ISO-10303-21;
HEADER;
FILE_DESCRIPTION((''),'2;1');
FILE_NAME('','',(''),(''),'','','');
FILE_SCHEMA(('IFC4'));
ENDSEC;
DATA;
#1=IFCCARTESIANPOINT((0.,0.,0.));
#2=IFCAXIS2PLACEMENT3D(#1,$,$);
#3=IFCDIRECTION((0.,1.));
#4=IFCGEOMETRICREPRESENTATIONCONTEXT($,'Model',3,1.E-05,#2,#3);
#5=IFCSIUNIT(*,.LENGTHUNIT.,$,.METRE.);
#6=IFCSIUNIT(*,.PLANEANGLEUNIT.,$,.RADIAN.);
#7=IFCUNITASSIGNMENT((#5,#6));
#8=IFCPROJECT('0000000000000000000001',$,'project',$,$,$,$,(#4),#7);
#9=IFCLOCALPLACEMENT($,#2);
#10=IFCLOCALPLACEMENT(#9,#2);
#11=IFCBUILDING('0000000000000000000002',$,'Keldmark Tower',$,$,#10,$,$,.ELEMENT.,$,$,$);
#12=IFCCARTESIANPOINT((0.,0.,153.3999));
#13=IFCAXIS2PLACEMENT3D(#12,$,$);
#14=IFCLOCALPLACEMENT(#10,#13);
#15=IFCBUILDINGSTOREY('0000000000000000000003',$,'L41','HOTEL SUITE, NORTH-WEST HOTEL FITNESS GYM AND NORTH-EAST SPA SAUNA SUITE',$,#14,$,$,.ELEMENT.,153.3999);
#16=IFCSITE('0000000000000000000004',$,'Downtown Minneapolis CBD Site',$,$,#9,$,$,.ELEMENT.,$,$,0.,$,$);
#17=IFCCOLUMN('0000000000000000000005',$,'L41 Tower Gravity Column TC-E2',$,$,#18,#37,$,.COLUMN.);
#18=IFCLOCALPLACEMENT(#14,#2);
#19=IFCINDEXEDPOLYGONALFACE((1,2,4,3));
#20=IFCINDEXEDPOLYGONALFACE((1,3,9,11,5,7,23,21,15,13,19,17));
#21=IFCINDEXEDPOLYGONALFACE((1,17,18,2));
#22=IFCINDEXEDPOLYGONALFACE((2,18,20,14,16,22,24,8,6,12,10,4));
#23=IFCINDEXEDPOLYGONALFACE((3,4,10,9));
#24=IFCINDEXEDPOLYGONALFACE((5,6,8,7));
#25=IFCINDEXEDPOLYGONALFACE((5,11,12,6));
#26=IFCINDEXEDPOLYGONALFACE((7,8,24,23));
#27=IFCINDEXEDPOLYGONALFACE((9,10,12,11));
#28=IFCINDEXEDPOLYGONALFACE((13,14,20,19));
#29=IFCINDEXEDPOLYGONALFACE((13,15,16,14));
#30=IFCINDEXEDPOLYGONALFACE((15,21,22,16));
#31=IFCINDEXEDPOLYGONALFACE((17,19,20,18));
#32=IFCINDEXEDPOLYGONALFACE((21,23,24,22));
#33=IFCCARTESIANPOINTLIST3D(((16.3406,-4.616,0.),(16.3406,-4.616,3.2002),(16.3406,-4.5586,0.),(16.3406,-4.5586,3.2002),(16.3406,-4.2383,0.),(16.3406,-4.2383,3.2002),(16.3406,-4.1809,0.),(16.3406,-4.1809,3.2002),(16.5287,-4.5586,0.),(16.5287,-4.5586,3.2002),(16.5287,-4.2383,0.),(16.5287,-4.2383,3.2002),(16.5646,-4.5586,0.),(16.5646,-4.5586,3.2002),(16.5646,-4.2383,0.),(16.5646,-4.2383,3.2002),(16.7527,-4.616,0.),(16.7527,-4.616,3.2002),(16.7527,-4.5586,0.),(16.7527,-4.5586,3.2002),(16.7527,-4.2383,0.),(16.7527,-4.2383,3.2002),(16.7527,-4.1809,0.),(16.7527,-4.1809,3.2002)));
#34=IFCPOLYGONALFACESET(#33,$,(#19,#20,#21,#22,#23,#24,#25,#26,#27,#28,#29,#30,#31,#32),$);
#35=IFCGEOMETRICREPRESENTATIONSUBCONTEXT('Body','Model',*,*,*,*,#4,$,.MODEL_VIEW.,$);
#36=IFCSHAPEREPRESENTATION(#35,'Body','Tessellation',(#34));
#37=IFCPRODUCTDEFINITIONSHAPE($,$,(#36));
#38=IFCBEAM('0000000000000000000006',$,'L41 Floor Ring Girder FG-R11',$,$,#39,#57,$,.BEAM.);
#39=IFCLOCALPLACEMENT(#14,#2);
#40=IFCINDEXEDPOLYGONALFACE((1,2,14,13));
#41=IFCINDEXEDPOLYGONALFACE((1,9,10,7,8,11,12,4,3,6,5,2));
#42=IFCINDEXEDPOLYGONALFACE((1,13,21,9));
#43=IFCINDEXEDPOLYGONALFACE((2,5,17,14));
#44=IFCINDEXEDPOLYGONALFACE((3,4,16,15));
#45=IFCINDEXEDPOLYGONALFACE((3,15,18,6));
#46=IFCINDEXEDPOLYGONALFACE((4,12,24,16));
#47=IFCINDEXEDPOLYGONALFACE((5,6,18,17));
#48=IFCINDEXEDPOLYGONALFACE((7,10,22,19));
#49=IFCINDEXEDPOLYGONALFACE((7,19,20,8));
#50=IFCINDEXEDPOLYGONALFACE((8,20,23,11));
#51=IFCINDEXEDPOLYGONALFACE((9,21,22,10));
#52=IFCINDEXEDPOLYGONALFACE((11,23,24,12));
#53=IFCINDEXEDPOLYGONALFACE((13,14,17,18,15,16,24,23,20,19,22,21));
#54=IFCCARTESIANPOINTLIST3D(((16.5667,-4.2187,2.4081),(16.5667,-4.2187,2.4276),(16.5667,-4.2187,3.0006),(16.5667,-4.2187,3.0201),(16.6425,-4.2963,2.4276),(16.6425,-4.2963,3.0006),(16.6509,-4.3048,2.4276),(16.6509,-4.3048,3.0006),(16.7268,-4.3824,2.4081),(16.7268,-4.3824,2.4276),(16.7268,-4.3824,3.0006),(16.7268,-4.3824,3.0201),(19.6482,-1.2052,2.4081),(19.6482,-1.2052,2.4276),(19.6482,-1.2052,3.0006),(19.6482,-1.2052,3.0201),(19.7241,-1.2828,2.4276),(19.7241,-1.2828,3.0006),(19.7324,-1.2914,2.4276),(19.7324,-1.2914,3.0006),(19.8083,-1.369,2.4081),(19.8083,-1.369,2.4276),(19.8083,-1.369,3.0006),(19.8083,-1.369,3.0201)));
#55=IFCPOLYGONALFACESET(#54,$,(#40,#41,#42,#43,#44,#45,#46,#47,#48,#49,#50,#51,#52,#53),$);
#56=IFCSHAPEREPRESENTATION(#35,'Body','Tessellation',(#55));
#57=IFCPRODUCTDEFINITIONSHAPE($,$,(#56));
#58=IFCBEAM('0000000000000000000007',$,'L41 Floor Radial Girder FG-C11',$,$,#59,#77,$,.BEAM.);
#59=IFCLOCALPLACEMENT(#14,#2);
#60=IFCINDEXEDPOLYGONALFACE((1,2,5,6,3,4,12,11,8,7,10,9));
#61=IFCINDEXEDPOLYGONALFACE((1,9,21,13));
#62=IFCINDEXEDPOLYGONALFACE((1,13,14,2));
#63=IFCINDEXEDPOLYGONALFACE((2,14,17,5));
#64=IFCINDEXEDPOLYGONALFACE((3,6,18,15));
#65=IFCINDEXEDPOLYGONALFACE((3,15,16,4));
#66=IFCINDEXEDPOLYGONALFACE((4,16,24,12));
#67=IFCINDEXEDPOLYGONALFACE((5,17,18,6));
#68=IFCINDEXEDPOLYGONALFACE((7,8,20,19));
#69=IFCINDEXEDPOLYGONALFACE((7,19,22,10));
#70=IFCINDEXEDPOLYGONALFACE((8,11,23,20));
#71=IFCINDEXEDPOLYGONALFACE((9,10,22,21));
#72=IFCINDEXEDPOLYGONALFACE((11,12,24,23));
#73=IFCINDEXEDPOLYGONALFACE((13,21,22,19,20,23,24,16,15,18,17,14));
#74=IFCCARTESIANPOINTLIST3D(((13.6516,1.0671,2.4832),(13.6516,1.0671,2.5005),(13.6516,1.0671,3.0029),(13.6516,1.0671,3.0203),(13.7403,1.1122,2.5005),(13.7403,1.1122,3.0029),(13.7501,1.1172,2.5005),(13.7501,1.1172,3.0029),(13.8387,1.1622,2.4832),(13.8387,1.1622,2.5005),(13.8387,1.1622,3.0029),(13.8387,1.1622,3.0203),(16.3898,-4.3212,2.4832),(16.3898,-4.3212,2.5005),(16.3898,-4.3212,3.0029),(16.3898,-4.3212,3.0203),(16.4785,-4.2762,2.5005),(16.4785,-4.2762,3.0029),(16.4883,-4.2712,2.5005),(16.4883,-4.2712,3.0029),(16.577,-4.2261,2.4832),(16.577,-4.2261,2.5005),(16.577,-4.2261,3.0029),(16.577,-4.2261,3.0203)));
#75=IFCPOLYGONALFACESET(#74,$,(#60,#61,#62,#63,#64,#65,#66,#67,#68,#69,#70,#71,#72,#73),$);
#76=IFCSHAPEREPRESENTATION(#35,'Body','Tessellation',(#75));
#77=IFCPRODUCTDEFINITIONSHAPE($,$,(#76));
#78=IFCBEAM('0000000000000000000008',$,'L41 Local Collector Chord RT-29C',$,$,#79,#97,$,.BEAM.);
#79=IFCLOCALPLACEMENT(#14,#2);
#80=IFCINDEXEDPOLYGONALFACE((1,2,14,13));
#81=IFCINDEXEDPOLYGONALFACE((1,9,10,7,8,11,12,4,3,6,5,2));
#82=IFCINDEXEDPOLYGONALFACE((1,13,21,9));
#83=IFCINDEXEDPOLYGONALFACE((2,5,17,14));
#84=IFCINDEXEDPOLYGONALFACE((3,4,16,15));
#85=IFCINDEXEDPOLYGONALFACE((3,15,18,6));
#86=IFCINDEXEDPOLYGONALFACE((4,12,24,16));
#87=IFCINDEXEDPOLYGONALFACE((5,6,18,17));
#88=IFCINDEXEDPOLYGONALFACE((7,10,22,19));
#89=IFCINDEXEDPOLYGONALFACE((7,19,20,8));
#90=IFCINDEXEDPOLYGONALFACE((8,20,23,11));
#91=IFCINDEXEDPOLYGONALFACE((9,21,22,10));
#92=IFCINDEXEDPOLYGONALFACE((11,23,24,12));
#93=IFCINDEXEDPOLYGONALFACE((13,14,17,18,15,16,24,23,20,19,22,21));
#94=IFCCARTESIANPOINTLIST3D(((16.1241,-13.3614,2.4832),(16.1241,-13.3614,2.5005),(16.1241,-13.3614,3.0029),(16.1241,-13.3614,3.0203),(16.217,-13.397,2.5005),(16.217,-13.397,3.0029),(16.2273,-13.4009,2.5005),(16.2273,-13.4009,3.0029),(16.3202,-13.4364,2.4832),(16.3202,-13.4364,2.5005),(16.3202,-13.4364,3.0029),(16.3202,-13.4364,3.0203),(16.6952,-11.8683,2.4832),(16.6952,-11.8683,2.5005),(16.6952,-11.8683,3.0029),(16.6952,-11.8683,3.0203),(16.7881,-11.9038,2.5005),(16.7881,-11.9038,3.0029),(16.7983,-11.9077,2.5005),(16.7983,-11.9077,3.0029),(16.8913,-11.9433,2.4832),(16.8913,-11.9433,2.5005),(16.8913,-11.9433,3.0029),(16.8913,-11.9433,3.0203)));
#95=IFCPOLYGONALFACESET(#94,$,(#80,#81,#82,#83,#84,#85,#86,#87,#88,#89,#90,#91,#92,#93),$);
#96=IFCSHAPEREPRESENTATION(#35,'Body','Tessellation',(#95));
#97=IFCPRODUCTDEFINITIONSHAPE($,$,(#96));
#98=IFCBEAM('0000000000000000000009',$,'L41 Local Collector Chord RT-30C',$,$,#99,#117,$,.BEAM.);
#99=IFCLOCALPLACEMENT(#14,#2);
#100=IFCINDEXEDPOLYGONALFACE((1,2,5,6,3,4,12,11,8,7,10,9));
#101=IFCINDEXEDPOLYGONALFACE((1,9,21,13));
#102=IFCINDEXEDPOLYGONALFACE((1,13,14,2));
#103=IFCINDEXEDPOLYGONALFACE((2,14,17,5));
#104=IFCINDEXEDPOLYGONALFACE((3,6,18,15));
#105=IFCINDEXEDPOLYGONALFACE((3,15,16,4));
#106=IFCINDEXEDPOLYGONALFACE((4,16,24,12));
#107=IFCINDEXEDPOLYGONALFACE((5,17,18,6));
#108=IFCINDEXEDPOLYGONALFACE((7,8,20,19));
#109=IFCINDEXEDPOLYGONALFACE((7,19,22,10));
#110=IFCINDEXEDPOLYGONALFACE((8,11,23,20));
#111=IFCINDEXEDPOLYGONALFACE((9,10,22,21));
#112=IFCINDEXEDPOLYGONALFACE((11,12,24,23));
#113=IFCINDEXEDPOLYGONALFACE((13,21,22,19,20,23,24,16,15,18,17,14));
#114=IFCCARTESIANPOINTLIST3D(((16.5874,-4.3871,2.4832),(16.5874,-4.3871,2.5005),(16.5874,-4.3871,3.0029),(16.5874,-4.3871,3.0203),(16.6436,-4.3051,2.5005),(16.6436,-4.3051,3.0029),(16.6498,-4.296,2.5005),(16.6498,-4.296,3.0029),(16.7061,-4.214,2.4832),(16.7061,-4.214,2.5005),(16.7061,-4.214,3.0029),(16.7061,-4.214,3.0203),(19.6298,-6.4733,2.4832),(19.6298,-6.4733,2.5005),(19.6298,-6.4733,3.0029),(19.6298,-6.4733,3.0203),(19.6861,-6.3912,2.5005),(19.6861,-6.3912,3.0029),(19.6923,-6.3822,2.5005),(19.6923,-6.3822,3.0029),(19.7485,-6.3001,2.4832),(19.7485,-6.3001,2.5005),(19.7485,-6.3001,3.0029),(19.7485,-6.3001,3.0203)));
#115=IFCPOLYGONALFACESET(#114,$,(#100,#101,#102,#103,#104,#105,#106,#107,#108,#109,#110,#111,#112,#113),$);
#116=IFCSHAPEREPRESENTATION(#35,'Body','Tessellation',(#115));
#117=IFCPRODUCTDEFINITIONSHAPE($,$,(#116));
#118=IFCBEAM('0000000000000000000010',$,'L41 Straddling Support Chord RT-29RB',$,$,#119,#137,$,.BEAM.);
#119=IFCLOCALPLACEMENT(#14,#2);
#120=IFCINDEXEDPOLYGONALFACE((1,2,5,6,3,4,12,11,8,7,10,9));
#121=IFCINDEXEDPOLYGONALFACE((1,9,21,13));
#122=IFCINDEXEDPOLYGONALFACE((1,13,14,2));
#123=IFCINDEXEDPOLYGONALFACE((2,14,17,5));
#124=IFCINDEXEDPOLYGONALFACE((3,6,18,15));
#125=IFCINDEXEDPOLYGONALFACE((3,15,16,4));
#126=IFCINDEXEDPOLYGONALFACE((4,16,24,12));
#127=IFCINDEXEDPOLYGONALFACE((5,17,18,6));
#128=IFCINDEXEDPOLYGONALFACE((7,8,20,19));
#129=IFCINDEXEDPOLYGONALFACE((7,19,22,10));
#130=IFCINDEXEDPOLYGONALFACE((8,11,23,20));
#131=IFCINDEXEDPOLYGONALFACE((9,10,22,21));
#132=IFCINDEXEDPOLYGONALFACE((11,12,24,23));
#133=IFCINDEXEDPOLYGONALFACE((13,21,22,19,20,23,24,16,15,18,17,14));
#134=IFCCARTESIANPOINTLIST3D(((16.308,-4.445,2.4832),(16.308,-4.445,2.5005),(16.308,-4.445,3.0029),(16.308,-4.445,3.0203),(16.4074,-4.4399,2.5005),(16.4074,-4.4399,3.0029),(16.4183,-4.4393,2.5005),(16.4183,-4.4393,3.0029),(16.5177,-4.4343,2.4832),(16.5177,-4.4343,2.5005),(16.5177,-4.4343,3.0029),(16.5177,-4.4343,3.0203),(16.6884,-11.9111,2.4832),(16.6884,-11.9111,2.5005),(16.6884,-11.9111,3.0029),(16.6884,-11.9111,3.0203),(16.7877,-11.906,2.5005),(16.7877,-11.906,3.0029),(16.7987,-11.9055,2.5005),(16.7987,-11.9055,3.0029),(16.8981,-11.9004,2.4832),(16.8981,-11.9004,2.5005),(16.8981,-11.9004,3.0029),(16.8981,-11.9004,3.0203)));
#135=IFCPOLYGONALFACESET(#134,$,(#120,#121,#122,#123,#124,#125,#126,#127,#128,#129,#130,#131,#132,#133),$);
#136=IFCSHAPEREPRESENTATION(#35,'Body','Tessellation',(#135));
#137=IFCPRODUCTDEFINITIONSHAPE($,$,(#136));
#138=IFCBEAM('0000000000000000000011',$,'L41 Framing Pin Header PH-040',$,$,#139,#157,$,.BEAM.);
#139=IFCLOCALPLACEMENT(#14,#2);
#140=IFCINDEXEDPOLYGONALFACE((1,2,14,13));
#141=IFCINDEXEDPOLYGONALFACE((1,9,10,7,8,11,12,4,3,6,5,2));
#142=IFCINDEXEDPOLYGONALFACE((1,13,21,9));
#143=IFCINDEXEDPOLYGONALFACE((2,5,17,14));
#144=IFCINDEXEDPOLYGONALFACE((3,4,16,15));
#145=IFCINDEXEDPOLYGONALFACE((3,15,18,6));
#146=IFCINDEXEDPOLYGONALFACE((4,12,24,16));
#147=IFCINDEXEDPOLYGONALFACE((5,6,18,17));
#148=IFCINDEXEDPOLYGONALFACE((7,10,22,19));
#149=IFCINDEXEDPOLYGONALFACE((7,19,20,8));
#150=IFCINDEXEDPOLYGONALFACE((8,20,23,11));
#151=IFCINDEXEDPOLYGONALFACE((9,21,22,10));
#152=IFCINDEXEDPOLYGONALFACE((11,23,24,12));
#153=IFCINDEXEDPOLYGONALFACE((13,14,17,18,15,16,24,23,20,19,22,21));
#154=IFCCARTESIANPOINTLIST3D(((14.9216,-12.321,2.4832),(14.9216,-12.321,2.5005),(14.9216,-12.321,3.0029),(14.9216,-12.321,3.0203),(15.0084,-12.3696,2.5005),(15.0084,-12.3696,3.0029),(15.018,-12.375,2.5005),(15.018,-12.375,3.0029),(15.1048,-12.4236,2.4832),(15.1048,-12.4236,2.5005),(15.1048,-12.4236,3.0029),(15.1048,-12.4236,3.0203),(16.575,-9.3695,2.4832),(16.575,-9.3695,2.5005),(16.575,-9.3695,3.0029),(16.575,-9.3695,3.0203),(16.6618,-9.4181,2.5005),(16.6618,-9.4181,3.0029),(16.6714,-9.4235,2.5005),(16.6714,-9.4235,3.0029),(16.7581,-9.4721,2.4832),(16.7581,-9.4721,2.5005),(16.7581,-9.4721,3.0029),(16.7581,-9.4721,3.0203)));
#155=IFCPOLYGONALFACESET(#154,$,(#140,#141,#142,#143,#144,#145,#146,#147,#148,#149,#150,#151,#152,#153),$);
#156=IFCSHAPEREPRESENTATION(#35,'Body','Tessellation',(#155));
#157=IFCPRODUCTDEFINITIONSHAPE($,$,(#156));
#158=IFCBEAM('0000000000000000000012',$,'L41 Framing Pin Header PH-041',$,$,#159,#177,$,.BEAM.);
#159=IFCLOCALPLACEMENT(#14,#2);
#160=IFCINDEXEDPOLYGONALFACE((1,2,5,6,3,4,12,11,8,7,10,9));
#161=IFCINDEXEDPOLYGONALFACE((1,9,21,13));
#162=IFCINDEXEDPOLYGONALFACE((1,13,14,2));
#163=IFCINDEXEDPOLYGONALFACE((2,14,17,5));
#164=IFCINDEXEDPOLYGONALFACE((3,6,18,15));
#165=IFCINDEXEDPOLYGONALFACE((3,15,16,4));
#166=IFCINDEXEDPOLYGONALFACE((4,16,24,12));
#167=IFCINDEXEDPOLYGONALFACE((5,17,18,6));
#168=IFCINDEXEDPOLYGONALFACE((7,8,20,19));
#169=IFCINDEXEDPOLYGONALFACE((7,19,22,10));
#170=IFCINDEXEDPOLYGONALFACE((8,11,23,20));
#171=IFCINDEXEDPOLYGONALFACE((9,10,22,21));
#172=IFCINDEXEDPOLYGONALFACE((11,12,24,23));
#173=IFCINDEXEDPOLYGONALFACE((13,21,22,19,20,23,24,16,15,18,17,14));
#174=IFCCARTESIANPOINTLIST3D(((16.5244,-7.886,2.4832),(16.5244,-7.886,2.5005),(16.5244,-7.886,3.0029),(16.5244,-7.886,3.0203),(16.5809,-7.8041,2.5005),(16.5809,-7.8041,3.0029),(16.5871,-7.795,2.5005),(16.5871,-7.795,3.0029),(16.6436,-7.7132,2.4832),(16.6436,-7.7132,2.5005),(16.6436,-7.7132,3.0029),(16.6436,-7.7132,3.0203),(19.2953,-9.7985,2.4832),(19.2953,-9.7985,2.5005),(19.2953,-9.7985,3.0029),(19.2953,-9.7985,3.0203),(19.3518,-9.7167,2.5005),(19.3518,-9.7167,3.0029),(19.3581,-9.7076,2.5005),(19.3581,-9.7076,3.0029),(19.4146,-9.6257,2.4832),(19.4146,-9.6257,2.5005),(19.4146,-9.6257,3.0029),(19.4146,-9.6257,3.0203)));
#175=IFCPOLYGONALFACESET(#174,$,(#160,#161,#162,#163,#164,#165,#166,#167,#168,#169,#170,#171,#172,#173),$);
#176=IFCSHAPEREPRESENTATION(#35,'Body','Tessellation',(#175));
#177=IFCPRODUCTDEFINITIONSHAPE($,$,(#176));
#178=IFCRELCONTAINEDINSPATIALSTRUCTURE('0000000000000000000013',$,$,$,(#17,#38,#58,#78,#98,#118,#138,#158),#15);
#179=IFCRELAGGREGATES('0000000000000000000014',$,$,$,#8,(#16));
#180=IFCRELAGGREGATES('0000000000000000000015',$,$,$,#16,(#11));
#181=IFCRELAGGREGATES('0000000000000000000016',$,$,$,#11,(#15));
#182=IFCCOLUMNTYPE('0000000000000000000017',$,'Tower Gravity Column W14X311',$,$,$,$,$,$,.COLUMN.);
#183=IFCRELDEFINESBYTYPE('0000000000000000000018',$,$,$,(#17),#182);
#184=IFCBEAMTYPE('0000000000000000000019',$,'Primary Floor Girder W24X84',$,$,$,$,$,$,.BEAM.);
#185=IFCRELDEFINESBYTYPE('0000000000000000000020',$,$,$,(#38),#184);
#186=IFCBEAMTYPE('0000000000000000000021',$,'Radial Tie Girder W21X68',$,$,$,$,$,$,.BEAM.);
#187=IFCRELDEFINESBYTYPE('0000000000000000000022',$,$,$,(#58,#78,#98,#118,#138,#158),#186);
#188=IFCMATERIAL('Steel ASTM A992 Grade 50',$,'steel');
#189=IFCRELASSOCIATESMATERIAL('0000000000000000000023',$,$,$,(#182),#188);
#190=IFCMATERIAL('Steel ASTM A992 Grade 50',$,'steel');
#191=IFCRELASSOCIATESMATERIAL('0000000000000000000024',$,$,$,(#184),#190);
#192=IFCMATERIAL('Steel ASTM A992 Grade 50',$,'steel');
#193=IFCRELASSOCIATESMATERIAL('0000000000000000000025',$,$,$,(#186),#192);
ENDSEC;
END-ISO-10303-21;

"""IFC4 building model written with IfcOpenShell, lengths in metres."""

from ifc_helpers import new_model, si_unit, direction, frame, origin, origin_2d, place, context, subcontext, project, spatial, i_section, extrude, material, material_profile, profile_set, type_object, element, save


model = new_model("IFC4")

# Units and contexts
model_context = context("Model", 3, precision=1e-05, world=origin(), true_north=direction((0.0, 1.0)))
body_context = subcontext(model_context, "Body", "Model", "MODEL_VIEW")
ifc_project = project(units=[si_unit("LENGTHUNIT", "METRE"), si_unit("PLANEANGLEUNIT", "RADIAN")], contexts=[model_context])

# Site, building, storey
site_placement = place(None, origin())
site = spatial("IfcSite", under=ifc_project, at=site_placement, Name="Downtown Minneapolis CBD Site", CompositionType="ELEMENT", RefElevation=0.0)
building_placement = place(site_placement, origin())
building = spatial("IfcBuilding", under=site, at=building_placement, Name="Keldmark Tower", CompositionType="ELEMENT")
storey_placement = place(building_placement, frame((0.0, 0.0, 153.3999)))
storey = spatial("IfcBuildingStorey", under=building, at=storey_placement, Name="L41", Description="HOTEL SUITE, NORTH-WEST HOTEL FITNESS GYM AND NORTH-EAST SPA SAUNA SUITE", CompositionType="ELEMENT", Elevation=153.3999)

# Column
ifc_material_1 = material(Name="Steel ASTM A992 Grade 50", Category="steel")
ifc_material_profile_1 = material_profile(ifc_material_1, i_section(OverallWidth=0.4121, OverallDepth=0.4351, WebThickness=0.0359, FlangeThickness=0.0574, at=origin_2d()), Name="W14X311")
ifc_profile_set_1 = profile_set([ifc_material_profile_1], Name="Steel ASTM A992 Grade 50")
column_type = type_object("IfcColumnType", Name="Tower Gravity Column W14X311", PredefinedType="COLUMN", material=ifc_profile_set_1)
column_placement = place(storey_placement, frame((16.5466, -4.3984, 0.0), z_axis=(0.0, 0.0, 1.0), x_axis=(1.0, 0.0, 0.0)))
element("IfcColumn", 1, at=column_placement, inside=storey, type_object=column_type, Name="L41 Tower Gravity Column TC-E2", PredefinedType="COLUMN", context=body_context, shape_type="SweptSolid", body=[
    extrude(i_section(OverallWidth=0.4121, OverallDepth=0.4351, WebThickness=0.0359, FlangeThickness=0.0574, at=origin_2d()), origin(), (0.0, 0.0, 1.0), 3.2002),
])

# Beams
ifc_material_2 = material(Name="Steel ASTM A992 Grade 50", Category="steel")
ifc_material_profile_2 = material_profile(ifc_material_2, i_section(OverallWidth=0.229, OverallDepth=0.6121, WebThickness=0.012, FlangeThickness=0.0195, at=origin_2d()), Name="W24X84")
ifc_profile_set_2 = profile_set([ifc_material_profile_2], Name="Steel ASTM A992 Grade 50")
beam_type_1 = type_object("IfcBeamType", Name="Primary Floor Girder W24X84", PredefinedType="BEAM", material=ifc_profile_set_2)
beam_1_placement = place(storey_placement, frame((16.6467, -4.3005, 2.7141), z_axis=(0.714965, 0.699161, 0.0), x_axis=(-0.699161, 0.714965, 0.0)))
element("IfcBeam", 2, at=beam_1_placement, inside=storey, type_object=beam_type_1, Name="L41 Floor Ring Girder FG-R11", PredefinedType="BEAM", context=body_context, shape_type="SweptSolid", body=[
    extrude(i_section(OverallWidth=0.229, OverallDepth=0.6121, WebThickness=0.012, FlangeThickness=0.0195, at=origin_2d()), origin(), (0.0, 0.0, 1.0), 4.3101),
])
ifc_material_3 = material(Name="Steel ASTM A992 Grade 50", Category="steel")
ifc_material_profile_3 = material_profile(ifc_material_3, i_section(OverallWidth=0.21, OverallDepth=0.5371, WebThickness=0.011, FlangeThickness=0.0173, at=origin_2d()), Name="W21X68")
ifc_profile_set_3 = profile_set([ifc_material_profile_3], Name="Steel ASTM A992 Grade 50")
beam_type_2 = type_object("IfcBeamType", Name="Radial Tie Girder W21X68", PredefinedType="BEAM", material=ifc_profile_set_3)
beam_2_placement = place(storey_placement, frame((16.4834, -4.2737, 2.7517), z_axis=(-0.453037, 0.891492, 0.0), x_axis=(-0.891492, -0.453037, 0.0)))
element("IfcBeam", 3, at=beam_2_placement, inside=storey, type_object=beam_type_2, Name="L41 Floor Radial Girder FG-C11", PredefinedType="BEAM", context=body_context, shape_type="SweptSolid", body=[
    extrude(i_section(OverallWidth=0.21, OverallDepth=0.5371, WebThickness=0.011, FlangeThickness=0.0173, at=origin_2d()), origin(), (0.0, 0.0, 1.0), 6.0442),
])
beam_3_placement = place(storey_placement, frame((16.2222, -13.3989, 2.7517), z_axis=(0.357208, 0.934025, 0.0), x_axis=(-0.934025, 0.357208, 0.0)))
element("IfcBeam", 4, at=beam_3_placement, inside=storey, type_object=beam_type_2, Name="L41 Local Collector Chord RT-29C", PredefinedType="BEAM", context=body_context, shape_type="SweptSolid", body=[
    extrude(i_section(OverallWidth=0.21, OverallDepth=0.5371, WebThickness=0.011, FlangeThickness=0.0173, at=origin_2d()), origin(), (0.0, 0.0, 1.0), 1.5986),
])
beam_4_placement = place(storey_placement, frame((16.6467, -4.3005, 2.7517), z_axis=(0.82474, -0.565512, 0.0), x_axis=(0.565512, 0.82474, 0.0)))
element("IfcBeam", 5, at=beam_4_placement, inside=storey, type_object=beam_type_2, Name="L41 Local Collector Chord RT-30C", PredefinedType="BEAM", context=body_context, shape_type="SweptSolid", body=[
    extrude(i_section(OverallWidth=0.21, OverallDepth=0.5371, WebThickness=0.011, FlangeThickness=0.0173, at=origin_2d()), origin(), (0.0, 0.0, 1.0), 3.689),
])
beam_5_placement = place(storey_placement, frame((16.7932, -11.9058, 2.7517), z_axis=(-0.050881, 0.998705, 0.0), x_axis=(-0.998705, -0.050881, 0.0)))
element("IfcBeam", 6, at=beam_5_placement, inside=storey, type_object=beam_type_2, Name="L41 Straddling Support Chord RT-29RB", PredefinedType="BEAM", context=body_context, shape_type="SweptSolid", body=[
    extrude(i_section(OverallWidth=0.21, OverallDepth=0.5371, WebThickness=0.011, FlangeThickness=0.0173, at=origin_2d()), origin(), (0.0, 0.0, 1.0), 7.4758),
])
beam_6_placement = place(storey_placement, frame((15.0132, -12.3723, 2.7517), z_axis=(0.488722, 0.87244, 0.0), x_axis=(-0.87244, 0.488722, 0.0)))
element("IfcBeam", 7, at=beam_6_placement, inside=storey, type_object=beam_type_2, Name="L41 Framing Pin Header PH-040", PredefinedType="BEAM", context=body_context, shape_type="SweptSolid", body=[
    extrude(i_section(OverallWidth=0.21, OverallDepth=0.5371, WebThickness=0.011, FlangeThickness=0.0173, at=origin_2d()), origin(), (0.0, 0.0, 1.0), 3.3831),
])
beam_7_placement = place(storey_placement, frame((16.584, -7.7996, 2.7517), z_axis=(0.822995, -0.568048, 0.0), x_axis=(0.568048, 0.822995, 0.0)))
element("IfcBeam", 8, at=beam_7_placement, inside=storey, type_object=beam_type_2, Name="L41 Framing Pin Header PH-041", PredefinedType="BEAM", context=body_context, shape_type="SweptSolid", body=[
    extrude(i_section(OverallWidth=0.21, OverallDepth=0.5371, WebThickness=0.011, FlangeThickness=0.0173, at=origin_2d()), origin(), (0.0, 0.0, 1.0), 3.3669),
])

save(model, "model.ifc")
